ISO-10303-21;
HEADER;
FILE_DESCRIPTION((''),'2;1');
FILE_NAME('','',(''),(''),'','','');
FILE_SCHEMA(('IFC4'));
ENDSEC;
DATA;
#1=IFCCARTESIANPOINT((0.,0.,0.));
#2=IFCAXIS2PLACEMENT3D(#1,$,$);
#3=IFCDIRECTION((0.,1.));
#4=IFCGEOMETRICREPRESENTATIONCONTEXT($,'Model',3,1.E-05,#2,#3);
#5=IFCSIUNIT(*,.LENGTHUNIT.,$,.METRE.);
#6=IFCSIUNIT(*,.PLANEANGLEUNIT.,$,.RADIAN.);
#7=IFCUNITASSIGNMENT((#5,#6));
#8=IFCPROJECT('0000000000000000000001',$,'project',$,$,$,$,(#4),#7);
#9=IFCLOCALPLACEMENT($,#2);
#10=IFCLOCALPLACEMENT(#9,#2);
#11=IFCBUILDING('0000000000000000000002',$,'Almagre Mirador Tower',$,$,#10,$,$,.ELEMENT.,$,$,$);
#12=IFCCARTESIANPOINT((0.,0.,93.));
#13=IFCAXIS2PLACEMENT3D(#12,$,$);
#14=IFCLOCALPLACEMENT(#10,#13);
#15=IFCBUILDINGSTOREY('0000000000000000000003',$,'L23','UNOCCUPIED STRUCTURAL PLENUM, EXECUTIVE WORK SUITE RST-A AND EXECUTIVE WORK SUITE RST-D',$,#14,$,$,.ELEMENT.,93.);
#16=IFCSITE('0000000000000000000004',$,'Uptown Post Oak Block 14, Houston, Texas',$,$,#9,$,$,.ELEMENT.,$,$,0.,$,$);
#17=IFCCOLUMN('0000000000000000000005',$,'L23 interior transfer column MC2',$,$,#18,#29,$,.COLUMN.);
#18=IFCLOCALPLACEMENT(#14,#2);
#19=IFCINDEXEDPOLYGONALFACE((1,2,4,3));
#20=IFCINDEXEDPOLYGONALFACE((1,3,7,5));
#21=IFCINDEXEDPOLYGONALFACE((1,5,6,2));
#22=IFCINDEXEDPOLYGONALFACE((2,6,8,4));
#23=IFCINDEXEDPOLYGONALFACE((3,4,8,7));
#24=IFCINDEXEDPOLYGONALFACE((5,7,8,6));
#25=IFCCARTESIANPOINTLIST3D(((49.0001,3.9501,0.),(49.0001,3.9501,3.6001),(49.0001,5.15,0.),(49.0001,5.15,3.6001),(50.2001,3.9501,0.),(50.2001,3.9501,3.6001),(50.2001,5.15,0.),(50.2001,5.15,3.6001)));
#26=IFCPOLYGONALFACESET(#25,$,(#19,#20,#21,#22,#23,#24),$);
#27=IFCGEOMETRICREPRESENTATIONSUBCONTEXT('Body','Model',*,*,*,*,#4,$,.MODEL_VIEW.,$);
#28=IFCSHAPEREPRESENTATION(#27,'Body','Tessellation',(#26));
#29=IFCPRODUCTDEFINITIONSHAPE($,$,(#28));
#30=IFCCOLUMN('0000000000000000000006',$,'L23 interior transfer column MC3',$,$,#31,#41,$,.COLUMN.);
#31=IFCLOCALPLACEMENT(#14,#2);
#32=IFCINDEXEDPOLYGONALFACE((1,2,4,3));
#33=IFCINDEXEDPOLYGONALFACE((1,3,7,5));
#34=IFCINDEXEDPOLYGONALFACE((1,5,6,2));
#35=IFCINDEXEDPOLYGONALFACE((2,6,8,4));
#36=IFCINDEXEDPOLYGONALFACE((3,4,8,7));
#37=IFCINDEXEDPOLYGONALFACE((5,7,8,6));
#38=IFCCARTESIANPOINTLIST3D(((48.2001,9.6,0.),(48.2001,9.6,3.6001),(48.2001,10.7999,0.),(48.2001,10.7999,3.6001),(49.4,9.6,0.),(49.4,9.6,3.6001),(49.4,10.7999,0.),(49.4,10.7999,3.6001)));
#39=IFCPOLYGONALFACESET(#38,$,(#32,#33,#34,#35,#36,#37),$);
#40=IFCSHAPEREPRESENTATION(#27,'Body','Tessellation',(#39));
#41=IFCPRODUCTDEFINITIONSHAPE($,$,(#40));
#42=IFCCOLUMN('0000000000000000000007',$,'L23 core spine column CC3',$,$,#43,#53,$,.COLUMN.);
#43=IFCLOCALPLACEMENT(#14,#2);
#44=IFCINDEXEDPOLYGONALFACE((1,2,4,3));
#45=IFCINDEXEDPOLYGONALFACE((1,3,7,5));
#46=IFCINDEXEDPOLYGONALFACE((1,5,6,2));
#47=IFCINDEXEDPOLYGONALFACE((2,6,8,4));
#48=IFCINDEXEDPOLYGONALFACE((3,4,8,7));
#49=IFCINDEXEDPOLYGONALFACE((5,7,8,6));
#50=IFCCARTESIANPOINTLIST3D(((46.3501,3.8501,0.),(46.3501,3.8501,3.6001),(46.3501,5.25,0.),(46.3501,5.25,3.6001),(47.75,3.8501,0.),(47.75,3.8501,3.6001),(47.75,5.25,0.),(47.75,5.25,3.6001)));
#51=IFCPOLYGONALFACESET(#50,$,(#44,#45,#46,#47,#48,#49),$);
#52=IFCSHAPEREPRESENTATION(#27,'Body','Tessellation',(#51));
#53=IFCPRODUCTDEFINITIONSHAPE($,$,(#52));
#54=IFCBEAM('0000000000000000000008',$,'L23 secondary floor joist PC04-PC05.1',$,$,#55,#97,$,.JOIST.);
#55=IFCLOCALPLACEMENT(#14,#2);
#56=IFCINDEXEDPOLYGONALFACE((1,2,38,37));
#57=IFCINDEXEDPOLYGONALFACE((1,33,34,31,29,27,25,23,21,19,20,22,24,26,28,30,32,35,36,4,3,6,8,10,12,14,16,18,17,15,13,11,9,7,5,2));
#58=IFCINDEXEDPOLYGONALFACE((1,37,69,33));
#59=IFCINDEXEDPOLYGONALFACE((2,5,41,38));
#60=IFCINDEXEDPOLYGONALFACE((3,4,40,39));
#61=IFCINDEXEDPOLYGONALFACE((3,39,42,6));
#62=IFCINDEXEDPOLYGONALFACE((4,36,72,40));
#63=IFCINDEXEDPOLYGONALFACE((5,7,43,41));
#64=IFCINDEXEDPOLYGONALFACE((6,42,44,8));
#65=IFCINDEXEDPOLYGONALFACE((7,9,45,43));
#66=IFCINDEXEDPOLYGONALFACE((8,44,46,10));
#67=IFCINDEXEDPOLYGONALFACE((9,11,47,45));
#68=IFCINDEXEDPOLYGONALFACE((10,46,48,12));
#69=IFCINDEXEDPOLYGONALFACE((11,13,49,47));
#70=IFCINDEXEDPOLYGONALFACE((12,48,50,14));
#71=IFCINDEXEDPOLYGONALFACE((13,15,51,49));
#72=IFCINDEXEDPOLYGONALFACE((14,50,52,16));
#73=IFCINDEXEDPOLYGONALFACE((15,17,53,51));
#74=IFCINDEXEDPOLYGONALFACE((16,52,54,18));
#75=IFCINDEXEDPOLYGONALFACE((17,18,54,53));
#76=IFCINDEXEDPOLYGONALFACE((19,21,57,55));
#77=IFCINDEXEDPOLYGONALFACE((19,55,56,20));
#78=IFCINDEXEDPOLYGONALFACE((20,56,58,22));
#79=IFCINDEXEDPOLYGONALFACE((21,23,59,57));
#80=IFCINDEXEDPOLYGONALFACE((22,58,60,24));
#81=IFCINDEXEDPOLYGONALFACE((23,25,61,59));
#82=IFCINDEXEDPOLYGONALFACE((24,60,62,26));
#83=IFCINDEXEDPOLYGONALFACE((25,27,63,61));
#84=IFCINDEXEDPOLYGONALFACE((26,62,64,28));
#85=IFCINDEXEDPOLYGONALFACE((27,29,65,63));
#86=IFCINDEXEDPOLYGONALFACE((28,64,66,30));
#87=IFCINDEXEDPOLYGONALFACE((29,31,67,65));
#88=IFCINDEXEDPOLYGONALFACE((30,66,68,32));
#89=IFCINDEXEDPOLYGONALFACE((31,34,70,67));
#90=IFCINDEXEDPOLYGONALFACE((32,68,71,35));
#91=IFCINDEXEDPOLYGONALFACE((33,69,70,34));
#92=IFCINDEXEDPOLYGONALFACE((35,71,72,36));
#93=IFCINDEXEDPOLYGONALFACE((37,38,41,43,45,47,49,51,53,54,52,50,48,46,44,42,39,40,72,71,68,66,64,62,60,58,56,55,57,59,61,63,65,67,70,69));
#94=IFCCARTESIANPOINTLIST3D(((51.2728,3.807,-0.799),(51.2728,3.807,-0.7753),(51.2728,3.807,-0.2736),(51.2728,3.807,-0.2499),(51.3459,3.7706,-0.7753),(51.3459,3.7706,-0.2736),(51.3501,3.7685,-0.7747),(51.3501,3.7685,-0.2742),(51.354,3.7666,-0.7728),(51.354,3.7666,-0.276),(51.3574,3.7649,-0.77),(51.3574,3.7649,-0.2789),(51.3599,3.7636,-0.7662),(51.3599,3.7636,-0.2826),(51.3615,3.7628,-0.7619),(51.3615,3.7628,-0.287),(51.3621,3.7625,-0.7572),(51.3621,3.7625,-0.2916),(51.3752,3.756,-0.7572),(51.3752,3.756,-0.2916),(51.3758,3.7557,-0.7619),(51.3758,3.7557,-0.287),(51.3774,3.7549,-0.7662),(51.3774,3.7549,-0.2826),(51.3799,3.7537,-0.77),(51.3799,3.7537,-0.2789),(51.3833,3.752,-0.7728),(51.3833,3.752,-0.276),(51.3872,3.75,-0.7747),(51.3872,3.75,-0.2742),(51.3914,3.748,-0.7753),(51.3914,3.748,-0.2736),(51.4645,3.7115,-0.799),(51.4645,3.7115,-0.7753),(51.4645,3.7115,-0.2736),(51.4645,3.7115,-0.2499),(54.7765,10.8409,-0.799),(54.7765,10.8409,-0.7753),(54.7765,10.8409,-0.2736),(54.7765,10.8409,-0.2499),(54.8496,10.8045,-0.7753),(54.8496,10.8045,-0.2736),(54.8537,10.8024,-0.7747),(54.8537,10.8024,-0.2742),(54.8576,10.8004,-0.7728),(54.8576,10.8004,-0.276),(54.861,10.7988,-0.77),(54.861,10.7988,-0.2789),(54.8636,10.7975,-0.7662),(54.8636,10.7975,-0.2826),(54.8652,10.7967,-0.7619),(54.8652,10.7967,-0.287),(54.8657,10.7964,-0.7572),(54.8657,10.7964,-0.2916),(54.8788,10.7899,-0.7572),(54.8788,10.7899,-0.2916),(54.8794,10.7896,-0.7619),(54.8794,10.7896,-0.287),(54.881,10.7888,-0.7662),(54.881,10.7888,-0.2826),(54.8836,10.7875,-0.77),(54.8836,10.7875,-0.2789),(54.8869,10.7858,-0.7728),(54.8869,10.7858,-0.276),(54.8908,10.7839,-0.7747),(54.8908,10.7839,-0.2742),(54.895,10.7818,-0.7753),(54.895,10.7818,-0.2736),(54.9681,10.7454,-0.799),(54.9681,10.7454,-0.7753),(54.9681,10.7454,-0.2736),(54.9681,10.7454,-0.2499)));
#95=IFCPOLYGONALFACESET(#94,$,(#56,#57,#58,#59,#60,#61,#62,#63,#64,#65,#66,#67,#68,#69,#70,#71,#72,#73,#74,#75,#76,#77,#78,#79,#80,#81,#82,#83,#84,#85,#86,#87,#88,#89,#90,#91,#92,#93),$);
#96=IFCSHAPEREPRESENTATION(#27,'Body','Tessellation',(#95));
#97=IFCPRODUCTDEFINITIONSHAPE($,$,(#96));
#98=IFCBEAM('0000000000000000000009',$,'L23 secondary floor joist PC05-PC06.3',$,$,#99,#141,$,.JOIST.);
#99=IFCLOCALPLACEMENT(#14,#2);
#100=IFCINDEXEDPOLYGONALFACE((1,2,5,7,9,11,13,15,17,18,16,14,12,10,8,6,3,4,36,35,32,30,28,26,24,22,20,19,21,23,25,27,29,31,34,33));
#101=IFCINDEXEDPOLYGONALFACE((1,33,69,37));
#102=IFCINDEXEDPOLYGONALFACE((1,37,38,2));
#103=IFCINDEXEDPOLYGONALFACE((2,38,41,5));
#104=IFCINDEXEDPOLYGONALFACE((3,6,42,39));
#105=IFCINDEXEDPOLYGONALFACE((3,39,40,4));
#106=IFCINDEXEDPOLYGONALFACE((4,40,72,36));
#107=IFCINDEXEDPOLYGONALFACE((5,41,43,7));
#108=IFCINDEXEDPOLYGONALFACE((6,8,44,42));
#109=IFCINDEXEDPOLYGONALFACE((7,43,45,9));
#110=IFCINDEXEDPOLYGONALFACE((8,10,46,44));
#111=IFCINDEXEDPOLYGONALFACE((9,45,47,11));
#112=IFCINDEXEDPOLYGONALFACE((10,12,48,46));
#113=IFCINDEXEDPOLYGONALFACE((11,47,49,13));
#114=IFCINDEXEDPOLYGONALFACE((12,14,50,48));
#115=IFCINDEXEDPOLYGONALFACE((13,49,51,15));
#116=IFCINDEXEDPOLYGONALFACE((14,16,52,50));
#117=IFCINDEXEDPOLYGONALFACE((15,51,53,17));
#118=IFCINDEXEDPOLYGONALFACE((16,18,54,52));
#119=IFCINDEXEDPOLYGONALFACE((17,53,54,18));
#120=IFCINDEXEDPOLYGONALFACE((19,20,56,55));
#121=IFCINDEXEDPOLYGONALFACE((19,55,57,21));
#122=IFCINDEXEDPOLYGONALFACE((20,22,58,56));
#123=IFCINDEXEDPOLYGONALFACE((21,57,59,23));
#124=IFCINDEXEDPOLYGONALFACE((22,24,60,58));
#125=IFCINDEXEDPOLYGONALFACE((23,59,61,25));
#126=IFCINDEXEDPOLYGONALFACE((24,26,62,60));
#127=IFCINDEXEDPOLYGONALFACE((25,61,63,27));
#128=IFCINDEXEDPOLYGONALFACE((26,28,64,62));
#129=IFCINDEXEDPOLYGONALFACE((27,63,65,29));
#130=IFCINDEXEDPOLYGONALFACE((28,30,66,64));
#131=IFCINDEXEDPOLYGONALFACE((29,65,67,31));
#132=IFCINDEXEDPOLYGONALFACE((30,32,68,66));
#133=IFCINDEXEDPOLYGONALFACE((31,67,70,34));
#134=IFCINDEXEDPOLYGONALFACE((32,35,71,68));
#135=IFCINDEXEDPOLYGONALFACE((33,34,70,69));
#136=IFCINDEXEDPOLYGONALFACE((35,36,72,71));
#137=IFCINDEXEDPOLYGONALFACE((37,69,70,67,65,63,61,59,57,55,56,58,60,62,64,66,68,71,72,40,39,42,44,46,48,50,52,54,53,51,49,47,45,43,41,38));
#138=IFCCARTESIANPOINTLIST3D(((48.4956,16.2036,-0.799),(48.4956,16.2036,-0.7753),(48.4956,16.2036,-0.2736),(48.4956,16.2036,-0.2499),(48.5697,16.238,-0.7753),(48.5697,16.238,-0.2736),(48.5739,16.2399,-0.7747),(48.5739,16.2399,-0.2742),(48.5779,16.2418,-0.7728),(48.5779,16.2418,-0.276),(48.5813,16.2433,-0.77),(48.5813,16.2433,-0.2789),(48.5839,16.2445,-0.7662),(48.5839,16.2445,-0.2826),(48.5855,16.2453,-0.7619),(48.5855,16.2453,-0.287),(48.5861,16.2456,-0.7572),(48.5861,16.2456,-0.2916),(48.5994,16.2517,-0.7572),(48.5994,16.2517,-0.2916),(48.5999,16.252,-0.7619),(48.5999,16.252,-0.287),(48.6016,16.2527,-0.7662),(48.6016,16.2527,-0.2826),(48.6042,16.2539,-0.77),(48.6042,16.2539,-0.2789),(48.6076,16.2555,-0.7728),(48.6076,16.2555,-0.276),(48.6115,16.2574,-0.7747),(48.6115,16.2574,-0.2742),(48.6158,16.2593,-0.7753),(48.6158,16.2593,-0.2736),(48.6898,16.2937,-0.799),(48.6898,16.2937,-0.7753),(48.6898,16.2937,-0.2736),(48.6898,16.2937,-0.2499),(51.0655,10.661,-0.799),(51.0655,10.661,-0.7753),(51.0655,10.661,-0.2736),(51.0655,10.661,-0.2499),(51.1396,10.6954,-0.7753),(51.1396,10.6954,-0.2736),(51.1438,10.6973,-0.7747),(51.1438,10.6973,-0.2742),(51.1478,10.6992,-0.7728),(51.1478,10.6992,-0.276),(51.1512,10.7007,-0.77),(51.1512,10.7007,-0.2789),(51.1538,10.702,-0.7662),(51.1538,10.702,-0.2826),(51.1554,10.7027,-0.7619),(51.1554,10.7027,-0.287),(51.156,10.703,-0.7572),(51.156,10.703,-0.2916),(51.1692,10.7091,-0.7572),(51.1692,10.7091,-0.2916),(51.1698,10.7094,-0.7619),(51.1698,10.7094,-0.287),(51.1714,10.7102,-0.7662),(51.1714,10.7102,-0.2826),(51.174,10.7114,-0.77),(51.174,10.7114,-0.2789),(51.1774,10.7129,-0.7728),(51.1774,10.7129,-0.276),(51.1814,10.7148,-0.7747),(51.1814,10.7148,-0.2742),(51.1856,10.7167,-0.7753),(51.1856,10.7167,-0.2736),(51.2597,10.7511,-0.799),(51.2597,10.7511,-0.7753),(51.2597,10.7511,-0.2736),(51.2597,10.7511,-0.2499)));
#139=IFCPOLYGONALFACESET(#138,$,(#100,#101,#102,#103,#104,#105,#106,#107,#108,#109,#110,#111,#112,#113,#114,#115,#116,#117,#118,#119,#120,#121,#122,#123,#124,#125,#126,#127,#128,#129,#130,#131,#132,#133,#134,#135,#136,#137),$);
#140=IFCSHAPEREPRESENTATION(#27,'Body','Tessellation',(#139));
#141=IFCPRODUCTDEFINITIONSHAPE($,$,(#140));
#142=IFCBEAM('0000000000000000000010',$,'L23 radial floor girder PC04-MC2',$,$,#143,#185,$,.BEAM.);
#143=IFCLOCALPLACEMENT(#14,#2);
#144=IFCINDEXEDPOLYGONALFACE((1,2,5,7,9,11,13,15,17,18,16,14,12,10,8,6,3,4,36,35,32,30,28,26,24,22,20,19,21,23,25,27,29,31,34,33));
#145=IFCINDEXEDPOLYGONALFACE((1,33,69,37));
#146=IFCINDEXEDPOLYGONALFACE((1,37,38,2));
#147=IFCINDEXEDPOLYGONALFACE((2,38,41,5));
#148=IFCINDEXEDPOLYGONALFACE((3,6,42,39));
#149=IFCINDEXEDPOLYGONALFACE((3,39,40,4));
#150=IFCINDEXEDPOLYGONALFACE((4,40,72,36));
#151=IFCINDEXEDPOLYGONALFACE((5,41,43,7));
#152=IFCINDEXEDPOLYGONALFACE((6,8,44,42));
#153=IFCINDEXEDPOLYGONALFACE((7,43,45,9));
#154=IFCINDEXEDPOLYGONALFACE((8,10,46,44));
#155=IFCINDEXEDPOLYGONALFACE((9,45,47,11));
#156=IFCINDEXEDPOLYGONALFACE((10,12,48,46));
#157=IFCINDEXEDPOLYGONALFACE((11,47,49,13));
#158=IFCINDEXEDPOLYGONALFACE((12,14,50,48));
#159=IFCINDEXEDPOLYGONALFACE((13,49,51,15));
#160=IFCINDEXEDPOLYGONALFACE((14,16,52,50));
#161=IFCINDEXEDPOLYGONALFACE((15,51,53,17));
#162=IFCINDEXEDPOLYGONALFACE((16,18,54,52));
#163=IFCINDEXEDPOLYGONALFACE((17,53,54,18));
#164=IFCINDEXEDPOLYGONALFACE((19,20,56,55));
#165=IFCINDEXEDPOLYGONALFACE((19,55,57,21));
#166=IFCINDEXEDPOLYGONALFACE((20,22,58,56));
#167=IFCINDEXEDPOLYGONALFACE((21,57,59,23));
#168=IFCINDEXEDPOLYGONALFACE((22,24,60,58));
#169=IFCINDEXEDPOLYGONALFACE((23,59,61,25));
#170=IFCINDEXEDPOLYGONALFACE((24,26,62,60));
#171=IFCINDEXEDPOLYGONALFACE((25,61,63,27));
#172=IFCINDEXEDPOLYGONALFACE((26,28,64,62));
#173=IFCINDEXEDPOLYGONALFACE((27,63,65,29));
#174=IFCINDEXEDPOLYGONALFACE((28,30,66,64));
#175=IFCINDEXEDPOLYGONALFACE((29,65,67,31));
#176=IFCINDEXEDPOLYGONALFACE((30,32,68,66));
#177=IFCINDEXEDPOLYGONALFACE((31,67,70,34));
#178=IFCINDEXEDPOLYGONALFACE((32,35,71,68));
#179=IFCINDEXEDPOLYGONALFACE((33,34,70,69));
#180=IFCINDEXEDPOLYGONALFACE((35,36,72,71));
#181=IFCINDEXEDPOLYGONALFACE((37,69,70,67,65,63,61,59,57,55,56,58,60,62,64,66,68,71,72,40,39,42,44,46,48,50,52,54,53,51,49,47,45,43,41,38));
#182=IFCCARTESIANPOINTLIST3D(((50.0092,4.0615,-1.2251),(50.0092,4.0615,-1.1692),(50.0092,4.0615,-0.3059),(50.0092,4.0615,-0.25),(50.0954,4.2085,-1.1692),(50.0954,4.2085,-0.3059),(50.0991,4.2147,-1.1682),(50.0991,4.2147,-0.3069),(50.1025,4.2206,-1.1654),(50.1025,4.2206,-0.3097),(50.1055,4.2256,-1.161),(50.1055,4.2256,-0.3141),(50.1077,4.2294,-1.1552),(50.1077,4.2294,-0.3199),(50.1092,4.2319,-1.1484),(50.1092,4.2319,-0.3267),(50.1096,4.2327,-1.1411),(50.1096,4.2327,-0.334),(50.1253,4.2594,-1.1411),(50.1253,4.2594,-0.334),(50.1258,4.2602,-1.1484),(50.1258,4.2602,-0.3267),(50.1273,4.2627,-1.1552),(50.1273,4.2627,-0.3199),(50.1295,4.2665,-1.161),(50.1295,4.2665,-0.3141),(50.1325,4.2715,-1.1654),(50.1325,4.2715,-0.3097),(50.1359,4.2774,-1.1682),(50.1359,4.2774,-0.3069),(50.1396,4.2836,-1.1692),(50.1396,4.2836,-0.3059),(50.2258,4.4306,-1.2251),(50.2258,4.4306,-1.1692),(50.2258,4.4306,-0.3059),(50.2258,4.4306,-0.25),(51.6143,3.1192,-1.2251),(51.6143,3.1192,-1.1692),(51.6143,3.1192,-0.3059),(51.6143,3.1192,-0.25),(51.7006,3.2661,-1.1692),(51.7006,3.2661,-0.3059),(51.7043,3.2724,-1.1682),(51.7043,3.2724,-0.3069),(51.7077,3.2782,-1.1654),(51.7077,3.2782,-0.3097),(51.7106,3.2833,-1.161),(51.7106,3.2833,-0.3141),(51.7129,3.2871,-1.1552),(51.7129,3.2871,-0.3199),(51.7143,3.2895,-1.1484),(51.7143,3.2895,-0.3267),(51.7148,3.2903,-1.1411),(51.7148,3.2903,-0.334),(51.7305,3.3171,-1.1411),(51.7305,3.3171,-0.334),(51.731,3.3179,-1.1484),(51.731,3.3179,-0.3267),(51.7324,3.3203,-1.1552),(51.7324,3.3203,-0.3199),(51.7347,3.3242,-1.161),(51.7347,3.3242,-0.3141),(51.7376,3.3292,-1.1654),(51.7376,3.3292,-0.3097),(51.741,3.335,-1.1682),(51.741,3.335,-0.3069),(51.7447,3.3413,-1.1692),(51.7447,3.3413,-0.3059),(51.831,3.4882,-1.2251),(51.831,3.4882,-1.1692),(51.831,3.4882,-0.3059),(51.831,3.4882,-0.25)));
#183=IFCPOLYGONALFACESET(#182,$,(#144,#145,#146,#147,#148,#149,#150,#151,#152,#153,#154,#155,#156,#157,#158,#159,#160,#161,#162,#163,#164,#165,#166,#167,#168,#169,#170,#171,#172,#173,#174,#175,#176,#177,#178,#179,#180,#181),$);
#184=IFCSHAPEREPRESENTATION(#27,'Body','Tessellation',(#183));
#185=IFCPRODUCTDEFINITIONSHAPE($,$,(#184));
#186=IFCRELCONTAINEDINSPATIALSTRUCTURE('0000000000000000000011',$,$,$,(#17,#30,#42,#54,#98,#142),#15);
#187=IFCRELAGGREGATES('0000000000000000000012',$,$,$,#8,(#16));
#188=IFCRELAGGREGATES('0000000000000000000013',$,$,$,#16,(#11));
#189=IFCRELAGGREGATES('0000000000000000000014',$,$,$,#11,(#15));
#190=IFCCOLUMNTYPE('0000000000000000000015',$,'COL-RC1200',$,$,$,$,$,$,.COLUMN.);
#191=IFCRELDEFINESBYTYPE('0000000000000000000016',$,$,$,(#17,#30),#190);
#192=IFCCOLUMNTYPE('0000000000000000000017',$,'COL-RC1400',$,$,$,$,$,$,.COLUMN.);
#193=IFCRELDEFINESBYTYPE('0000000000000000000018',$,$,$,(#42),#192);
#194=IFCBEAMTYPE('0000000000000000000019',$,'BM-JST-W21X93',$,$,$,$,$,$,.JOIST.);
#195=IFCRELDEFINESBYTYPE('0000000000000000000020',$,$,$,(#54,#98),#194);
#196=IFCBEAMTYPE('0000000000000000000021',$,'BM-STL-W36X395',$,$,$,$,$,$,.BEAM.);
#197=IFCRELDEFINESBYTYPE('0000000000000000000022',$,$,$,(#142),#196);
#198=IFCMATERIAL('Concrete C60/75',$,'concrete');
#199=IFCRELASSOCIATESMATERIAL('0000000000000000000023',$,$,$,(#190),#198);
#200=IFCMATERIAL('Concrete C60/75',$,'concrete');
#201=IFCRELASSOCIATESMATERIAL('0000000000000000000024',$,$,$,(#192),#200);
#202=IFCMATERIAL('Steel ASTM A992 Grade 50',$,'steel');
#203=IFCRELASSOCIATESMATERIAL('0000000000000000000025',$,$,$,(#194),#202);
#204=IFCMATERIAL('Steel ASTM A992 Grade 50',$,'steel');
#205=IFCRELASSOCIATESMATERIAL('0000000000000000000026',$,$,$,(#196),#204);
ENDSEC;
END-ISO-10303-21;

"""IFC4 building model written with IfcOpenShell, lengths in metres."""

from ifc_helpers import new_model, si_unit, direction, frame, origin, origin_2d, place, context, subcontext, project, spatial, rectangle, i_section, extrude, material, material_profile, profile_set, type_object, element, save


model = new_model("IFC4")

# Units and contexts
model_context = context("Model", 3, precision=1e-05, world=origin(), true_north=direction((0.0, 1.0)))
body_context = subcontext(model_context, "Body", "Model", "MODEL_VIEW")
ifc_project = project(units=[si_unit("LENGTHUNIT", "METRE"), si_unit("PLANEANGLEUNIT", "RADIAN")], contexts=[model_context])

# Site, building, storey
site_placement = place(None, origin())
site = spatial("IfcSite", under=ifc_project, at=site_placement, Name="Uptown Post Oak Block 14, Houston, Texas", CompositionType="ELEMENT", RefElevation=0.0)
building_placement = place(site_placement, origin())
building = spatial("IfcBuilding", under=site, at=building_placement, Name="Almagre Mirador Tower", CompositionType="ELEMENT")
storey_placement = place(building_placement, frame((0.0, 0.0, 93.0)))
storey = spatial("IfcBuildingStorey", under=building, at=storey_placement, Name="L23", Description="UNOCCUPIED STRUCTURAL PLENUM, EXECUTIVE WORK SUITE RST-A AND EXECUTIVE WORK SUITE RST-D", CompositionType="ELEMENT", Elevation=93.0)

# Columns
ifc_material_1 = material(Name="Concrete C60/75", Category="concrete")
ifc_material_profile_1 = material_profile(ifc_material_1, rectangle(XDim=1.2, YDim=1.2, at=origin_2d()), Name="RC1200X1200")
ifc_profile_set_1 = profile_set([ifc_material_profile_1], Name="Concrete C60/75")
column_type_1 = type_object("IfcColumnType", Name="COL-RC1200", PredefinedType="COLUMN", material=ifc_profile_set_1)
for number, where, z_axis, x_axis, name in (
    (1, (49.6001, 4.55, 0.0), (0.0, 0.0, 1.0), (1.0, 0.0, 0.0), "L23 interior transfer column MC2"),
    (2, (48.8, 10.2, 0.0), (0.0, 0.0, 1.0), (1.0, 0.0, 0.0), "L23 interior transfer column MC3"),
):
    element("IfcColumn", number, at=place(storey_placement, frame(where, z_axis=z_axis, x_axis=x_axis)), inside=storey, type_object=column_type_1, Name=name, PredefinedType="COLUMN", context=body_context, shape_type="SweptSolid", body=[
        extrude(rectangle(XDim=1.2, YDim=1.2, at=origin_2d()), origin(), (0.0, 0.0, 1.0), 3.6001),
    ])
ifc_material_2 = material(Name="Concrete C60/75", Category="concrete")
ifc_material_profile_2 = material_profile(ifc_material_2, rectangle(XDim=1.3999, YDim=1.3999, at=origin_2d()), Name="RC1400X1400")
ifc_profile_set_2 = profile_set([ifc_material_profile_2], Name="Concrete C60/75")
column_type_2 = type_object("IfcColumnType", Name="COL-RC1400", PredefinedType="COLUMN", material=ifc_profile_set_2)
column_placement = place(storey_placement, frame((47.05, 4.55, 0.0), z_axis=(0.0, 0.0, 1.0), x_axis=(1.0, 0.0, 0.0)))
element("IfcColumn", 3, at=column_placement, inside=storey, type_object=column_type_2, Name="L23 core spine column CC3", PredefinedType="COLUMN", context=body_context, shape_type="SweptSolid", body=[
    extrude(rectangle(XDim=1.3999, YDim=1.3999, at=origin_2d()), origin(), (0.0, 0.0, 1.0), 3.6001),
])

# Beams
ifc_material_3 = material(Name="Steel ASTM A992 Grade 50", Category="steel")
ifc_material_profile_3 = material_profile(ifc_material_3, i_section(OverallWidth=0.2141, OverallDepth=0.5491, WebThickness=0.0146, FlangeThickness=0.0237, FilletRadius=0.0181, at=origin_2d()), Name="W21X93")
ifc_profile_set_3 = profile_set([ifc_material_profile_3], Name="Steel ASTM A992 Grade 50")
beam_type_1 = type_object("IfcBeamType", Name="BM-JST-W21X93", PredefinedType="JOIST", material=ifc_profile_set_3)
beam_1_placement = place(storey_placement, frame((51.3687, 3.7593, -0.5244), z_axis=(0.445859, 0.895103, 0.0), x_axis=(-0.895103, 0.445859, 0.0)))
element("IfcBeam", 4, at=beam_1_placement, inside=storey, type_object=beam_type_1, Name="L23 secondary floor joist PC04-PC05.1", PredefinedType="JOIST", context=body_context, shape_type="SweptSolid", body=[
    extrude(i_section(OverallWidth=0.2141, OverallDepth=0.5491, WebThickness=0.0146, FlangeThickness=0.0237, FilletRadius=0.0181, at=origin_2d()), origin(), (0.0, 0.0, 1.0), 7.8582),
])
beam_2_placement = place(storey_placement, frame((51.1626, 10.7061, -0.5244), z_axis=(-0.420644, 0.907226, 0.0), x_axis=(-0.907226, -0.420644, 0.0)))
element("IfcBeam", 5, at=beam_2_placement, inside=storey, type_object=beam_type_1, Name="L23 secondary floor joist PC05-PC06.3", PredefinedType="JOIST", context=body_context, shape_type="SweptSolid", body=[
    extrude(i_section(OverallWidth=0.2141, OverallDepth=0.5491, WebThickness=0.0146, FlangeThickness=0.0237, FilletRadius=0.0181, at=origin_2d()), origin(), (0.0, 0.0, 1.0), 6.1094),
])
ifc_material_4 = material(Name="Steel ASTM A992 Grade 50", Category="steel")
ifc_material_profile_4 = material_profile(ifc_material_4, i_section(OverallWidth=0.428, OverallDepth=0.9751, WebThickness=0.031, FlangeThickness=0.0559, FilletRadius=0.0281, at=origin_2d()), Name="W36X395")
ifc_profile_set_4 = profile_set([ifc_material_profile_4], Name="Steel ASTM A992 Grade 50")
beam_type_2 = type_object("IfcBeamType", Name="BM-STL-W36X395", PredefinedType="BEAM", material=ifc_profile_set_4)
beam_3_placement = place(storey_placement, frame((51.7227, 3.3037, -0.7375), z_axis=(-0.862372, 0.506275, 0.0), x_axis=(-0.506275, -0.862372, 0.0)))
element("IfcBeam", 6, at=beam_3_placement, inside=storey, type_object=beam_type_2, Name="L23 radial floor girder PC04-MC2", PredefinedType="BEAM", context=body_context, shape_type="SweptSolid", body=[
    extrude(i_section(OverallWidth=0.428, OverallDepth=0.9751, WebThickness=0.031, FlangeThickness=0.0559, FilletRadius=0.0281, at=origin_2d()), origin(), (0.0, 0.0, 1.0), 1.8613),
])

save(model, "model.ifc")
